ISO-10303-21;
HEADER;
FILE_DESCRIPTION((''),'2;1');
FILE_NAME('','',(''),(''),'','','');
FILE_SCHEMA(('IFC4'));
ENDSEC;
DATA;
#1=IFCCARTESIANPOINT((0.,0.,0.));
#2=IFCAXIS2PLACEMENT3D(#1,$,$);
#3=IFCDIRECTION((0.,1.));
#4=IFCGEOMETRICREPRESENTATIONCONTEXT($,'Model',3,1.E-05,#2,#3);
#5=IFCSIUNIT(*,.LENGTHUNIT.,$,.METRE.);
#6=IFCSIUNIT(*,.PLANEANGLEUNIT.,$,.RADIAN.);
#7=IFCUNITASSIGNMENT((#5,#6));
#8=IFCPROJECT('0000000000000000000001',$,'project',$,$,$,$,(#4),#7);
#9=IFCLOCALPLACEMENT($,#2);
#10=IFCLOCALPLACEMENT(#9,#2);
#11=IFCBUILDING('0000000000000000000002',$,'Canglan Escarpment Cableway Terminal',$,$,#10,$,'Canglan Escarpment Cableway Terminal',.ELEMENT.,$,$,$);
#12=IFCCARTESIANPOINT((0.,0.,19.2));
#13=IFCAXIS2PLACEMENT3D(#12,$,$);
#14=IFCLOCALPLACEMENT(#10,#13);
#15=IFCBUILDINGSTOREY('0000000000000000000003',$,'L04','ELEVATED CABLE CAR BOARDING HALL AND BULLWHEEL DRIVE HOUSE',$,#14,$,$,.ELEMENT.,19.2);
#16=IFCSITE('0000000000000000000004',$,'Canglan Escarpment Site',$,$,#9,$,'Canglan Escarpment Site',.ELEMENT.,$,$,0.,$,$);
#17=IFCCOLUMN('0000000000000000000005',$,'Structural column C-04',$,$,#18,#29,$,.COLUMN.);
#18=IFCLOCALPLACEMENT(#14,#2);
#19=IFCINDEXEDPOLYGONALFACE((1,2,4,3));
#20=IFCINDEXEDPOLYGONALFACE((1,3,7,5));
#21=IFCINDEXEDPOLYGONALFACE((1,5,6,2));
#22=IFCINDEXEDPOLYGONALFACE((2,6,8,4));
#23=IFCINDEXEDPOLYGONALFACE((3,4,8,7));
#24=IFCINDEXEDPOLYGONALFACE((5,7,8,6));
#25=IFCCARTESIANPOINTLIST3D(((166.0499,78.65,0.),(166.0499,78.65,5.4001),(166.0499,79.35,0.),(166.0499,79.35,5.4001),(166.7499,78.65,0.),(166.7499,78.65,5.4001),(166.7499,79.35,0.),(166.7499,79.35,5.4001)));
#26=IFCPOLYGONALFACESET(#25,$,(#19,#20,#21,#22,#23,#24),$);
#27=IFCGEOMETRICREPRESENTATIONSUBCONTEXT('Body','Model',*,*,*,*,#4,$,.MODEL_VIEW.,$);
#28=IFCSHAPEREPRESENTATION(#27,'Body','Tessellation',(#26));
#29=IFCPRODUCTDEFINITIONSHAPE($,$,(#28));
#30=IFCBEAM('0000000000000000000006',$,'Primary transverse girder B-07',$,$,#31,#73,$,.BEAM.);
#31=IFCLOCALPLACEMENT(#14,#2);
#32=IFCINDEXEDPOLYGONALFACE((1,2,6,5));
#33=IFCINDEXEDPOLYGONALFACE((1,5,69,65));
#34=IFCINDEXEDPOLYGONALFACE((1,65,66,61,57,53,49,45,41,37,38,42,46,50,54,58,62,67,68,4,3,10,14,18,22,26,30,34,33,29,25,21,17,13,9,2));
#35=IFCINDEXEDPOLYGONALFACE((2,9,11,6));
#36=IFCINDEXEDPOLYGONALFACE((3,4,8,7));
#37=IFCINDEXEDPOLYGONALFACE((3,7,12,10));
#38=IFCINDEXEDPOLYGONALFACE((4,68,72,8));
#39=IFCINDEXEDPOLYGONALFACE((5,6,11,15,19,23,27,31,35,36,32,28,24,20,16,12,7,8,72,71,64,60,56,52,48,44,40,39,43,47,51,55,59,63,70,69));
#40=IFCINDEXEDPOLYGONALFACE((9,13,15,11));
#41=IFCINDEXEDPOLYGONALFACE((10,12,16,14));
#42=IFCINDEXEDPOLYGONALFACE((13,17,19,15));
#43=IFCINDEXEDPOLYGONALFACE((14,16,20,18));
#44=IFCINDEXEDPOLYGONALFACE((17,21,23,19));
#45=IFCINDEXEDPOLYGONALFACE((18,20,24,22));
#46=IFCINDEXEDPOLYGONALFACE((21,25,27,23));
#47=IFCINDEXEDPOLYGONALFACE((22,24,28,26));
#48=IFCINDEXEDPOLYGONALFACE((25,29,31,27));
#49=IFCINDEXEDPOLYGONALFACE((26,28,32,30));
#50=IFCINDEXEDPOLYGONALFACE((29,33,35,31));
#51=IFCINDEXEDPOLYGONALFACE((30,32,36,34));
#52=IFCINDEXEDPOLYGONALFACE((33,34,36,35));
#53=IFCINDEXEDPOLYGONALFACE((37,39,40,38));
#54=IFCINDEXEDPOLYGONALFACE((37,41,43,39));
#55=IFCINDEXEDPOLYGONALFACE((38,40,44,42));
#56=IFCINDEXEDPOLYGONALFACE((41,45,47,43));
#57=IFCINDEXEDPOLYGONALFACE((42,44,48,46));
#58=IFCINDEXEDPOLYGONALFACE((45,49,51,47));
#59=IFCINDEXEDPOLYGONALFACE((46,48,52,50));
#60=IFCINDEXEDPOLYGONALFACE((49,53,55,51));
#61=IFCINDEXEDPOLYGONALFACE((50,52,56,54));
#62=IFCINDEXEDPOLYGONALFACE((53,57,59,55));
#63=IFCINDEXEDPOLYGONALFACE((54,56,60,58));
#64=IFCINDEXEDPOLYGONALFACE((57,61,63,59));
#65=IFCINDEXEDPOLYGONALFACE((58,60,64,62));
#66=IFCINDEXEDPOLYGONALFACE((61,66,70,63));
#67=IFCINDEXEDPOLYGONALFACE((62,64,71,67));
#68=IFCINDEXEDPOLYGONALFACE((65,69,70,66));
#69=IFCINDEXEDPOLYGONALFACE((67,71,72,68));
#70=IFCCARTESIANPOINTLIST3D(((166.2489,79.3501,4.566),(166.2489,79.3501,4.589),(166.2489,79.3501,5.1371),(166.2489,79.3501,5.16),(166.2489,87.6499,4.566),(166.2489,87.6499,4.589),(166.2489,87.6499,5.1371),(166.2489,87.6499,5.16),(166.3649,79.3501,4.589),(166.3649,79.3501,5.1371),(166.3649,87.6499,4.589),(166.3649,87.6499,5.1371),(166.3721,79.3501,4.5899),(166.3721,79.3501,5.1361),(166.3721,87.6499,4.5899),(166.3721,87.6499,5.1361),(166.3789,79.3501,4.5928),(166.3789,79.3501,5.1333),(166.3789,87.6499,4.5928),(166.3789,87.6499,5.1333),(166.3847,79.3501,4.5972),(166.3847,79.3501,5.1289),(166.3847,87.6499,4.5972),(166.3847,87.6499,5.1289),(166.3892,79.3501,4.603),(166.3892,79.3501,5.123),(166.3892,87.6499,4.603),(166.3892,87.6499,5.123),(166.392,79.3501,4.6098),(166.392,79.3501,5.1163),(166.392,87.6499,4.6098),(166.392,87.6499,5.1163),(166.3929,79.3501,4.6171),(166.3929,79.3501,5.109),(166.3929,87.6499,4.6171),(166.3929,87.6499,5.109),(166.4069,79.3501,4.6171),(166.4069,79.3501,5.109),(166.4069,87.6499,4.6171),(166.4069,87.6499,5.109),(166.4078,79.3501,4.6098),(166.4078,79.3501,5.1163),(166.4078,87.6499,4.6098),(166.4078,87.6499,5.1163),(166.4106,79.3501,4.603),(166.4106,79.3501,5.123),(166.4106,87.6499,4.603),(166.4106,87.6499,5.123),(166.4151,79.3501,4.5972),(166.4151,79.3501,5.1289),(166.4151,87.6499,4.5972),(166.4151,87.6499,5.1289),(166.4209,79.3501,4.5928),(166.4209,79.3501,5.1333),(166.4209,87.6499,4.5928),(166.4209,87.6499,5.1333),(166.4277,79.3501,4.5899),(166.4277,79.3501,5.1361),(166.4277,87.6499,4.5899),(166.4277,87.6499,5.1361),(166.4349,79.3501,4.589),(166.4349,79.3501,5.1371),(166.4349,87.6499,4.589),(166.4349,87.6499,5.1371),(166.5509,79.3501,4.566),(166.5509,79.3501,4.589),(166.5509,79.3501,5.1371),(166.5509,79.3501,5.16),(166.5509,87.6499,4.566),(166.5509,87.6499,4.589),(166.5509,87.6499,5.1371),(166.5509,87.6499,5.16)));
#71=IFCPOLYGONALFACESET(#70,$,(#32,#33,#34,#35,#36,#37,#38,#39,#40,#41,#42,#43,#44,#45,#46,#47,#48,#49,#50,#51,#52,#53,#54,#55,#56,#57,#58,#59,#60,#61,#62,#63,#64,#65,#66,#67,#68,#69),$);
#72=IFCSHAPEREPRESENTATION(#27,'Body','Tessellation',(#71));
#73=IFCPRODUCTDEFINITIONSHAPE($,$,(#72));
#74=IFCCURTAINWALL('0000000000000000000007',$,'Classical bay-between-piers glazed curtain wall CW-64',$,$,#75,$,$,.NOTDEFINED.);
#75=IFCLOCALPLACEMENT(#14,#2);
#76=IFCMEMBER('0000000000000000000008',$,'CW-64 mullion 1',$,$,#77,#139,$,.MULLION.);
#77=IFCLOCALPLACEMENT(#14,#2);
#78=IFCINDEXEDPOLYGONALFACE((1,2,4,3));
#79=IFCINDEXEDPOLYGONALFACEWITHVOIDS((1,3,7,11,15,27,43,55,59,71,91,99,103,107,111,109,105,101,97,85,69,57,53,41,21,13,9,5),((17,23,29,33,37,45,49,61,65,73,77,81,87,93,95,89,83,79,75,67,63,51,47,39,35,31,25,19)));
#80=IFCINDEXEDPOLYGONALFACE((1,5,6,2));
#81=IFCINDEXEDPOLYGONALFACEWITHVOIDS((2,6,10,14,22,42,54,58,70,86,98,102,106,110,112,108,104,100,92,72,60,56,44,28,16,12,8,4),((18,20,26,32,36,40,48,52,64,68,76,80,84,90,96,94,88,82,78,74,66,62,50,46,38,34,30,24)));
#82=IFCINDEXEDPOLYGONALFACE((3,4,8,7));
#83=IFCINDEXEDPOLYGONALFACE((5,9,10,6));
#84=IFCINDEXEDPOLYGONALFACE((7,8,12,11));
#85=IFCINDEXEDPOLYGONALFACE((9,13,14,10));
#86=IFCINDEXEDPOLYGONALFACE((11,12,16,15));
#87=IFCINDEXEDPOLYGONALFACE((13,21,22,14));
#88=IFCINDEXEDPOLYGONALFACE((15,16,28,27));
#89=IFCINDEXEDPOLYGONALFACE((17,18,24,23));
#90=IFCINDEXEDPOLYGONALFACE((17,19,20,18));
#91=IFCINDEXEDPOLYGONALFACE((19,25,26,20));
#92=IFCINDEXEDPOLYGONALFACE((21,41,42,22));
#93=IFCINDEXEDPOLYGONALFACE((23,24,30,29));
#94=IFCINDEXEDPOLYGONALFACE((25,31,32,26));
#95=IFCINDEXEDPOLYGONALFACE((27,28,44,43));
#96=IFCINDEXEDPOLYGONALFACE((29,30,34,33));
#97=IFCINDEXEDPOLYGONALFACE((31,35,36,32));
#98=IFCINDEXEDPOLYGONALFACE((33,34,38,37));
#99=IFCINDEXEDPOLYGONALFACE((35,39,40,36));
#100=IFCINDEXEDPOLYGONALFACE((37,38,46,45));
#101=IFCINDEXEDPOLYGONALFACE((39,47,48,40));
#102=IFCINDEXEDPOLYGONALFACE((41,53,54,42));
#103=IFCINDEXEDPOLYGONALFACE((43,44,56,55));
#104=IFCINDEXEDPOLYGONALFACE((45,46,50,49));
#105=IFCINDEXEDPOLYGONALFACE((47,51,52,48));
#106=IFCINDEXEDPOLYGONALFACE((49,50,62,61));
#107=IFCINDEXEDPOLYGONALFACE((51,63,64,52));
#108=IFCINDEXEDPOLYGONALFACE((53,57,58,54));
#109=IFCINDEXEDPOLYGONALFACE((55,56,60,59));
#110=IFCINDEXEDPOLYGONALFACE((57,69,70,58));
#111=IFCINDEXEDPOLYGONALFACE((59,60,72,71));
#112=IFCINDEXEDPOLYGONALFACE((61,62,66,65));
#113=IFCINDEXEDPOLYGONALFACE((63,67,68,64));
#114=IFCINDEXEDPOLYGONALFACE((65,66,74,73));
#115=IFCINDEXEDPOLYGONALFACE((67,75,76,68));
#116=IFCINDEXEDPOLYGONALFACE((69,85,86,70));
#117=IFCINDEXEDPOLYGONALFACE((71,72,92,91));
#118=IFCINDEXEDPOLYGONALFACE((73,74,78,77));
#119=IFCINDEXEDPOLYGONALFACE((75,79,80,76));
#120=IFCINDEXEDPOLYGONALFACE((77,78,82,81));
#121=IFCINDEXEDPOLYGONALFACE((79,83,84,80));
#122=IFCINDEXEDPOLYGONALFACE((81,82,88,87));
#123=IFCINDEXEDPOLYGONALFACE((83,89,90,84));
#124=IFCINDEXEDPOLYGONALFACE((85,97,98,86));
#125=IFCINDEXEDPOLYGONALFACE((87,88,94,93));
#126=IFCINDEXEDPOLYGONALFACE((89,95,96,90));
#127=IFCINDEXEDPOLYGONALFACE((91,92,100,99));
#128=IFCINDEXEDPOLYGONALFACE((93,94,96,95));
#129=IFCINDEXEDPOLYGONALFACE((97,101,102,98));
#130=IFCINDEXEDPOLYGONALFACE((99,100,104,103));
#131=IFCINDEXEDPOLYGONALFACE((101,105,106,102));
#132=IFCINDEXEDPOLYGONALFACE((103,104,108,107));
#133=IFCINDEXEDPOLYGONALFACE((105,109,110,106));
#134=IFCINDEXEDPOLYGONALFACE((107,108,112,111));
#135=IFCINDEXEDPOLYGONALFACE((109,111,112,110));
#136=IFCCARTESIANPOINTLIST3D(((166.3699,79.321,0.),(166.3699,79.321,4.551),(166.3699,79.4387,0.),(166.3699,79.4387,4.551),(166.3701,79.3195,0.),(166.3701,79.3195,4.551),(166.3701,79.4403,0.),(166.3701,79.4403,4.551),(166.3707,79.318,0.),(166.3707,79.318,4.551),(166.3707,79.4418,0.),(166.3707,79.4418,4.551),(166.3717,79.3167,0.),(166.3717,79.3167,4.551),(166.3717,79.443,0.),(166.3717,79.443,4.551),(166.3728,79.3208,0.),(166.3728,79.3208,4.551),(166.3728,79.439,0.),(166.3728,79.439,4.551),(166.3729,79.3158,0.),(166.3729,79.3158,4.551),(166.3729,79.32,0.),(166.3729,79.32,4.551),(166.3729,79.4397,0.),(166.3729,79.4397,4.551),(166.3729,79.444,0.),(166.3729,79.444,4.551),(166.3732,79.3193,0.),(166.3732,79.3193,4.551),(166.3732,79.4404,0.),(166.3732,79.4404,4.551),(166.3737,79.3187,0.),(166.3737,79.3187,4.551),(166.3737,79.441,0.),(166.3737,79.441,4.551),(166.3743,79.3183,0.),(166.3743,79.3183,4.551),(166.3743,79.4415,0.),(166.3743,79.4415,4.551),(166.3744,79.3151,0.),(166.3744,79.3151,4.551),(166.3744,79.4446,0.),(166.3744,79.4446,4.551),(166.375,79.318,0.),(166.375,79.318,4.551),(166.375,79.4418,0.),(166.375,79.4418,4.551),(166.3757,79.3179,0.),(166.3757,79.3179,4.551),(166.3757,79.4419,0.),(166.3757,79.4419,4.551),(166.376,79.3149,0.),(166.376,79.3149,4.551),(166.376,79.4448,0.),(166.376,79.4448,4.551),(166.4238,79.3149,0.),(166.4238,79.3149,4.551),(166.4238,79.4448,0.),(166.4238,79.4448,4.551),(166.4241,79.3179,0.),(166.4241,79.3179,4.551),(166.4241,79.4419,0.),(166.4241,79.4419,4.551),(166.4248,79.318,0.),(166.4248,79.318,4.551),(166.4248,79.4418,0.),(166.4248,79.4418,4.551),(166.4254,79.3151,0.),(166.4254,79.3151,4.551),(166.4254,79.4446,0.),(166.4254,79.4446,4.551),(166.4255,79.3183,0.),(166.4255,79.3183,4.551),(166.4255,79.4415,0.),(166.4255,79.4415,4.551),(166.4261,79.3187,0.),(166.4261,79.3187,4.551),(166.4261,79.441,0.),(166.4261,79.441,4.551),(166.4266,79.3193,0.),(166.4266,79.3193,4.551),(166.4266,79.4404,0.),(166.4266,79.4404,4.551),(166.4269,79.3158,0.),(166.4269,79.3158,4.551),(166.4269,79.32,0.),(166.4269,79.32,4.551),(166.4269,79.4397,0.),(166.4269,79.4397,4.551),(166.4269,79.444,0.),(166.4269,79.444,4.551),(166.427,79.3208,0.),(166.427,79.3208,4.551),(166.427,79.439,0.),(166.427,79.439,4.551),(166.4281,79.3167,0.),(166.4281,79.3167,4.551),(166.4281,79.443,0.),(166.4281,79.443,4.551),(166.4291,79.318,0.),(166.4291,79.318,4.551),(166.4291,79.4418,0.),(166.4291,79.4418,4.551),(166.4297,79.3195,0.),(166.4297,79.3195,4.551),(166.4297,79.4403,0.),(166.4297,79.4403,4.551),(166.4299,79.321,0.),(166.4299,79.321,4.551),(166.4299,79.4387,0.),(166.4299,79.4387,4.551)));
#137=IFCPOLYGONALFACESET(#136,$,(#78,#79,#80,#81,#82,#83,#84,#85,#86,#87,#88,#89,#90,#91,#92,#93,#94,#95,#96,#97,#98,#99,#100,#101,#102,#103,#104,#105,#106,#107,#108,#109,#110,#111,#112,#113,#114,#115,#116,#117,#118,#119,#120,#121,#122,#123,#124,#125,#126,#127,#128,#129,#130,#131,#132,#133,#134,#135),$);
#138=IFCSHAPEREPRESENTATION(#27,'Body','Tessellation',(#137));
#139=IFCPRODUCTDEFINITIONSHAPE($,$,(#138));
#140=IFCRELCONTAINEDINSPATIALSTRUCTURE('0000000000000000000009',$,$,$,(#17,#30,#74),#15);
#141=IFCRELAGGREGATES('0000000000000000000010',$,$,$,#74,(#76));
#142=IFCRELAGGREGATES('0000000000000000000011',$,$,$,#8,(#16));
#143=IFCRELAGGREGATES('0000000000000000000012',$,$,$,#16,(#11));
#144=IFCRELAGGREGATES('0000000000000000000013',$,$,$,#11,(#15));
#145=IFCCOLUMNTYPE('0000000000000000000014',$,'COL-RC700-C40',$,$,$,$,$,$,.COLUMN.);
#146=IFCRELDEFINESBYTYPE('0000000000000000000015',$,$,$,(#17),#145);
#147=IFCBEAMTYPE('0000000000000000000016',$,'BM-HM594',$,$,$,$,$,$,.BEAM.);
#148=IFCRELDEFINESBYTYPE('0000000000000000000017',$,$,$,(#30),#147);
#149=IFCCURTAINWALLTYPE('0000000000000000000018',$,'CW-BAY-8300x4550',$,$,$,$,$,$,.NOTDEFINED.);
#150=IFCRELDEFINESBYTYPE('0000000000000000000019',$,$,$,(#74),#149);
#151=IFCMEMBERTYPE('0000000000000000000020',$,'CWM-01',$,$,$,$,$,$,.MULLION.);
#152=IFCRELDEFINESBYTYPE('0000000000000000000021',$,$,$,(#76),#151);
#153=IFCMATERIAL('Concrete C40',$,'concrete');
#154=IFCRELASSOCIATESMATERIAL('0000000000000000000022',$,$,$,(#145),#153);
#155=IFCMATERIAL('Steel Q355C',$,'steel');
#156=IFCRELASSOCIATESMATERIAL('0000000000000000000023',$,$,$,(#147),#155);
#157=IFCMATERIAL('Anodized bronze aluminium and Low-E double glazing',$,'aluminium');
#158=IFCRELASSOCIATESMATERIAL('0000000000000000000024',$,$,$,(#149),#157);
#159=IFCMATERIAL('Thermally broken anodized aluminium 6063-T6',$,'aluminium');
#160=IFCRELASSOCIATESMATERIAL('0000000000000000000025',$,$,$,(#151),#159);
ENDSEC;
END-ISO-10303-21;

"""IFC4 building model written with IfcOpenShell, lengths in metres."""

from ifc_helpers import new_model, si_unit, direction, frame, origin, origin_2d, place, context, subcontext, project, spatial, rectangle, hollow_rectangle, i_section, extrude, material, material_profile, profile_set, type_object, element, aggregate, save


model = new_model("IFC4")

# Units and contexts
model_context = context("Model", 3, precision=1e-05, world=origin(), true_north=direction((0.0, 1.0)))
body_context = subcontext(model_context, "Body", "Model", "MODEL_VIEW")
ifc_project = project(units=[si_unit("LENGTHUNIT", "METRE"), si_unit("PLANEANGLEUNIT", "RADIAN")], contexts=[model_context])

# Site, building, storey
site_placement = place(None, origin())
site = spatial("IfcSite", under=ifc_project, at=site_placement, Name="Canglan Escarpment Site", LongName="Canglan Escarpment Site", CompositionType="ELEMENT", RefElevation=0.0)
building_placement = place(site_placement, origin())
building = spatial("IfcBuilding", under=site, at=building_placement, Name="Canglan Escarpment Cableway Terminal", LongName="Canglan Escarpment Cableway Terminal", CompositionType="ELEMENT")
storey_placement = place(building_placement, frame((0.0, 0.0, 19.2)))
storey = spatial("IfcBuildingStorey", under=building, at=storey_placement, Name="L04", Description="ELEVATED CABLE CAR BOARDING HALL AND BULLWHEEL DRIVE HOUSE", CompositionType="ELEMENT", Elevation=19.2)

# Column
ifc_material_1 = material(Name="Concrete C40", Category="concrete")
ifc_material_profile_1 = material_profile(ifc_material_1, rectangle(XDim=0.7, YDim=0.7, at=origin_2d()), Name="RC 700x700")
ifc_profile_set_1 = profile_set([ifc_material_profile_1], Name="Concrete C40")
column_type = type_object("IfcColumnType", Name="COL-RC700-C40", PredefinedType="COLUMN", material=ifc_profile_set_1)
column_placement = place(storey_placement, frame((166.3999, 79.0, 0.0), z_axis=(0.0, 0.0, 1.0), x_axis=(1.0, 0.0, 0.0)))
element("IfcColumn", 1, at=column_placement, inside=storey, type_object=column_type, Name="Structural column C-04", PredefinedType="COLUMN", context=body_context, shape_type="SweptSolid", body=[
    extrude(rectangle(XDim=0.7, YDim=0.7, at=origin_2d()), origin(), (0.0, 0.0, 1.0), 5.4001),
])

# Beam
ifc_material_2 = material(Name="Steel Q355C", Category="steel")
ifc_material_profile_2 = material_profile(ifc_material_2, i_section(OverallWidth=0.302, OverallDepth=0.594, WebThickness=0.0139, FlangeThickness=0.0229, FilletRadius=0.0281, at=origin_2d()), Name="HM 594x302x14x23")
ifc_profile_set_2 = profile_set([ifc_material_profile_2], Name="Steel Q355C")
beam_type = type_object("IfcBeamType", Name="BM-HM594", PredefinedType="BEAM", material=ifc_profile_set_2)
beam_placement = place(storey_placement, frame((166.3999, 79.3501, 4.863), z_axis=(0.0, 1.0, 0.0), x_axis=(-1.0, 0.0, 0.0)))
element("IfcBeam", 2, at=beam_placement, inside=storey, type_object=beam_type, Name="Primary transverse girder B-07", PredefinedType="BEAM", context=body_context, shape_type="SweptSolid", body=[
    extrude(i_section(OverallWidth=0.302, OverallDepth=0.594, WebThickness=0.0139, FlangeThickness=0.0229, FilletRadius=0.0281, at=origin_2d()), origin(), (0.0, 0.0, 1.0), 8.2998),
])

# Curtain wall, member
ifc_material_3 = material(Name="Anodized bronze aluminium and Low-E double glazing", Category="aluminium")
curtain_wall_type = type_object("IfcCurtainWallType", Name="CW-BAY-8300x4550", PredefinedType="NOTDEFINED", material=ifc_material_3)
curtain_wall_1_placement = place(storey_placement, origin())
curtain_wall_1 = element("IfcCurtainWall", 3, at=curtain_wall_1_placement, inside=storey, type_object=curtain_wall_type, Name="Classical bay-between-piers glazed curtain wall CW-64", PredefinedType="NOTDEFINED")
ifc_material_4 = material(Name="Thermally broken anodized aluminium 6063-T6", Category="aluminium")
ifc_material_profile_3 = material_profile(ifc_material_4, hollow_rectangle(XDim=0.0601, YDim=0.1299, WallThickness=0.0029, InnerFilletRadius=0.0029, OuterFilletRadius=0.0061, at=origin_2d()), Name="ALU-MULL 60x130x3")
ifc_profile_set_3 = profile_set([ifc_material_profile_3], Name="Thermally broken anodized aluminium 6063-T6")
member_type_1 = type_object("IfcMemberType", Name="CWM-01", PredefinedType="MULLION", material=ifc_profile_set_3)
member_1_placement = place(storey_placement, frame((166.3999, 79.3799, 0.0), z_axis=(0.0, 0.0, 1.0), x_axis=(-1.0, 0.0, 0.0)))
member_1 = element("IfcMember", 4, at=member_1_placement, type_object=member_type_1, Name="CW-64 mullion 1", PredefinedType="MULLION", context=body_context, shape_type="SweptSolid", body=[
    extrude(hollow_rectangle(XDim=0.0601, YDim=0.1299, WallThickness=0.0029, InnerFilletRadius=0.0029, OuterFilletRadius=0.0061, at=origin_2d()), origin(), (0.0, 0.0, 1.0), 4.551),
])

aggregate(curtain_wall_1, [member_1])

save(model, "model.ifc")
